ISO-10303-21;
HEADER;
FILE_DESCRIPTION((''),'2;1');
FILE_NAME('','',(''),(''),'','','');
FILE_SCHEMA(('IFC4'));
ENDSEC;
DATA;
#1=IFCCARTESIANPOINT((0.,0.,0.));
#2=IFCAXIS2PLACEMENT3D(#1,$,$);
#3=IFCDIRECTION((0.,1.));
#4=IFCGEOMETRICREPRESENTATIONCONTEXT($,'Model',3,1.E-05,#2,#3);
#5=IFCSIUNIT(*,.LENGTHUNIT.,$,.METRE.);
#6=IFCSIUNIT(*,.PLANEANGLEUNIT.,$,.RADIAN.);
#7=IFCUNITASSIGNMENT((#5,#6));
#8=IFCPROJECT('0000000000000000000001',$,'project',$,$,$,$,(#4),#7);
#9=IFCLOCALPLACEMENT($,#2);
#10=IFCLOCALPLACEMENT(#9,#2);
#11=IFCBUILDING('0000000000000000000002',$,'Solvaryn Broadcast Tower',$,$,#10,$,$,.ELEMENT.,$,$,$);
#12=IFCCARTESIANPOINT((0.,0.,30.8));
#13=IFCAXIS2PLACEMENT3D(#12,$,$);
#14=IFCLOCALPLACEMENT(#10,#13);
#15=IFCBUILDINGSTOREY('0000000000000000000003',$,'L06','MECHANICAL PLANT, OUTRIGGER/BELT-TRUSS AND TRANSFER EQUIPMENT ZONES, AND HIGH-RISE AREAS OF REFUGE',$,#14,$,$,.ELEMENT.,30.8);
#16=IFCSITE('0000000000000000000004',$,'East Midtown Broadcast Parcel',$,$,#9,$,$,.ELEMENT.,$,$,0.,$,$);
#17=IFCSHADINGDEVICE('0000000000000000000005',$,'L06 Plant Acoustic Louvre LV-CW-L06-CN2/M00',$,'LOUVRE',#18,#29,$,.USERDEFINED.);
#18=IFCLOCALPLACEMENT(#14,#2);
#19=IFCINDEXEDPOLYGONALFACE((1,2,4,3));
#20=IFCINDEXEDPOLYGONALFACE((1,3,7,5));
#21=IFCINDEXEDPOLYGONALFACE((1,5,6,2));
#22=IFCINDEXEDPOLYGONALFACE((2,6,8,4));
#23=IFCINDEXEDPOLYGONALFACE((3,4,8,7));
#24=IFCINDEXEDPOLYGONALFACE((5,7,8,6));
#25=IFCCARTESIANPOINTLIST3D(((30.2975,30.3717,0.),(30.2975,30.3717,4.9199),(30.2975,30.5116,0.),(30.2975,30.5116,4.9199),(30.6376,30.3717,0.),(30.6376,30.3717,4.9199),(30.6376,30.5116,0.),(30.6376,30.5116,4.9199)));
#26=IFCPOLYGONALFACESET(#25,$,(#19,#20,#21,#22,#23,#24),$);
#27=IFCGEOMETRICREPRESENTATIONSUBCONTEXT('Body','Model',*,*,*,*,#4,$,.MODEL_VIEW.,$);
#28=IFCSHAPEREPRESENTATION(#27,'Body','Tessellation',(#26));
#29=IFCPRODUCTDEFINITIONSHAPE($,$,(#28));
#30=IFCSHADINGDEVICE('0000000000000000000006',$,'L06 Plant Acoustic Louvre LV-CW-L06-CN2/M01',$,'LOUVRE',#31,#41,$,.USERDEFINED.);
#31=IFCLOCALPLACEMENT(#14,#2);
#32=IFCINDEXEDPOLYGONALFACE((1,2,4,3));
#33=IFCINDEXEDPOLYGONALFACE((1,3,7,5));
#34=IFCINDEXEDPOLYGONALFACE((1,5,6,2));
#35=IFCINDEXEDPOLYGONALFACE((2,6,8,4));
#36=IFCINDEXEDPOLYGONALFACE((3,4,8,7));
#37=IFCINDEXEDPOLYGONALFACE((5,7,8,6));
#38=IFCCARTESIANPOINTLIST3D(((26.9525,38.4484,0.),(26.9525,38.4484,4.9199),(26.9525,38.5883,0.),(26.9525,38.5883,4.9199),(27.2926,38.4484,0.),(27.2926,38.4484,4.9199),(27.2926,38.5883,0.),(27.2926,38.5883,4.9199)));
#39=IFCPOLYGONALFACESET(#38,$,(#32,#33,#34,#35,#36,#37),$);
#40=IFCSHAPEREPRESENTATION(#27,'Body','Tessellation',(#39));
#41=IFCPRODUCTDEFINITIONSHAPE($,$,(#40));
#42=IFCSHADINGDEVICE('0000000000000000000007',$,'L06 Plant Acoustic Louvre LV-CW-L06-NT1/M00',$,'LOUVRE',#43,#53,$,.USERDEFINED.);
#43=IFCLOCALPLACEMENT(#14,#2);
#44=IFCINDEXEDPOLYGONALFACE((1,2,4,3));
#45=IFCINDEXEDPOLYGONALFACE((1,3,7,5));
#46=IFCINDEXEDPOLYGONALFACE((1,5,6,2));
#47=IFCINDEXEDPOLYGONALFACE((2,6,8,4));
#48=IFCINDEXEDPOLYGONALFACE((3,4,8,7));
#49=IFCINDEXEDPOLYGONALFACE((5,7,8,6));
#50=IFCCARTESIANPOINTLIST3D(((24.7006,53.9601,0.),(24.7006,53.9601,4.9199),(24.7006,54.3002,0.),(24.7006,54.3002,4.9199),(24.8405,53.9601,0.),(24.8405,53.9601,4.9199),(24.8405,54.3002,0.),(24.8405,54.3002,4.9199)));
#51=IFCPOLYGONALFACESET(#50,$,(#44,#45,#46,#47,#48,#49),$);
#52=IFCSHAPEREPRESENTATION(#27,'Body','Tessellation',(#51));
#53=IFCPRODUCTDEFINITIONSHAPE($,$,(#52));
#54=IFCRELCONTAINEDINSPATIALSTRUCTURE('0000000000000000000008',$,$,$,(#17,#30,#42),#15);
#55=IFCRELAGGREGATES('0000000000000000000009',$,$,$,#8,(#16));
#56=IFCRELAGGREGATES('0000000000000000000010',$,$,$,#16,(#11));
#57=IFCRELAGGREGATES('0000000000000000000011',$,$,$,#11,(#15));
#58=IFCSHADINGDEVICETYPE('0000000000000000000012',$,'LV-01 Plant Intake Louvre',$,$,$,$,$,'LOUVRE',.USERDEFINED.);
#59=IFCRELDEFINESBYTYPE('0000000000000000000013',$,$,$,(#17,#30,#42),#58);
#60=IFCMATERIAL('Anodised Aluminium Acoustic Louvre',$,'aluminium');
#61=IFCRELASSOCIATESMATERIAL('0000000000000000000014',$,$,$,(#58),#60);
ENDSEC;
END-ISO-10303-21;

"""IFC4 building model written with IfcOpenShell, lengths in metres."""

from ifc_helpers import new_model, si_unit, direction, frame, origin, origin_2d, place, context, subcontext, project, spatial, rectangle, extrude, material, type_object, element, save


model = new_model("IFC4")

# Units and contexts
model_context = context("Model", 3, precision=1e-05, world=origin(), true_north=direction((0.0, 1.0)))
body_context = subcontext(model_context, "Body", "Model", "MODEL_VIEW")
ifc_project = project(units=[si_unit("LENGTHUNIT", "METRE"), si_unit("PLANEANGLEUNIT", "RADIAN")], contexts=[model_context])

# Site, building, storey
site_placement = place(None, origin())
site = spatial("IfcSite", under=ifc_project, at=site_placement, Name="East Midtown Broadcast Parcel", CompositionType="ELEMENT", RefElevation=0.0)
building_placement = place(site_placement, origin())
building = spatial("IfcBuilding", under=site, at=building_placement, Name="Solvaryn Broadcast Tower", CompositionType="ELEMENT")
storey_placement = place(building_placement, frame((0.0, 0.0, 30.8)))
storey = spatial("IfcBuildingStorey", under=building, at=storey_placement, Name="L06", Description="MECHANICAL PLANT, OUTRIGGER/BELT-TRUSS AND TRANSFER EQUIPMENT ZONES, AND HIGH-RISE AREAS OF REFUGE", CompositionType="ELEMENT", Elevation=30.8)

# Shading devices
ifc_material_1 = material(Name="Anodised Aluminium Acoustic Louvre", Category="aluminium")
shading_device_type = type_object("IfcShadingDeviceType", Name="LV-01 Plant Intake Louvre", ElementType="LOUVRE", PredefinedType="USERDEFINED", material=ifc_material_1)
for number, where, z_axis, x_axis, name in (
    (1, (30.4675, 30.4417, 0.0), (0.0, 0.0, 1.0), (1.0, 0.0, 0.0), "L06 Plant Acoustic Louvre LV-CW-L06-CN2/M00"),
    (2, (27.1226, 38.5183, 0.0), (0.0, 0.0, 1.0), (1.0, 0.0, 0.0), "L06 Plant Acoustic Louvre LV-CW-L06-CN2/M01"),
):
    element("IfcShadingDevice", number, at=place(storey_placement, frame(where, z_axis=z_axis, x_axis=x_axis)), inside=storey, type_object=shading_device_type, Name=name, ObjectType="LOUVRE", PredefinedType="USERDEFINED", context=body_context, shape_type="SweptSolid", body=[
        extrude(rectangle(XDim=0.3401, YDim=0.1399, at=origin_2d()), origin(), (0.0, 0.0, 1.0), 4.9199),
    ])
shading_device_1_placement = place(storey_placement, frame((24.7705, 54.1301, 0.0), z_axis=(0.0, 0.0, 1.0), x_axis=(1.0, 0.0, 0.0)))
element("IfcShadingDevice", 3, at=shading_device_1_placement, inside=storey, type_object=shading_device_type, Name="L06 Plant Acoustic Louvre LV-CW-L06-NT1/M00", ObjectType="LOUVRE", PredefinedType="USERDEFINED", context=body_context, shape_type="SweptSolid", body=[
    extrude(rectangle(XDim=0.1399, YDim=0.3401, at=origin_2d()), origin(), (0.0, 0.0, 1.0), 4.9199),
])

save(model, "model.ifc")
